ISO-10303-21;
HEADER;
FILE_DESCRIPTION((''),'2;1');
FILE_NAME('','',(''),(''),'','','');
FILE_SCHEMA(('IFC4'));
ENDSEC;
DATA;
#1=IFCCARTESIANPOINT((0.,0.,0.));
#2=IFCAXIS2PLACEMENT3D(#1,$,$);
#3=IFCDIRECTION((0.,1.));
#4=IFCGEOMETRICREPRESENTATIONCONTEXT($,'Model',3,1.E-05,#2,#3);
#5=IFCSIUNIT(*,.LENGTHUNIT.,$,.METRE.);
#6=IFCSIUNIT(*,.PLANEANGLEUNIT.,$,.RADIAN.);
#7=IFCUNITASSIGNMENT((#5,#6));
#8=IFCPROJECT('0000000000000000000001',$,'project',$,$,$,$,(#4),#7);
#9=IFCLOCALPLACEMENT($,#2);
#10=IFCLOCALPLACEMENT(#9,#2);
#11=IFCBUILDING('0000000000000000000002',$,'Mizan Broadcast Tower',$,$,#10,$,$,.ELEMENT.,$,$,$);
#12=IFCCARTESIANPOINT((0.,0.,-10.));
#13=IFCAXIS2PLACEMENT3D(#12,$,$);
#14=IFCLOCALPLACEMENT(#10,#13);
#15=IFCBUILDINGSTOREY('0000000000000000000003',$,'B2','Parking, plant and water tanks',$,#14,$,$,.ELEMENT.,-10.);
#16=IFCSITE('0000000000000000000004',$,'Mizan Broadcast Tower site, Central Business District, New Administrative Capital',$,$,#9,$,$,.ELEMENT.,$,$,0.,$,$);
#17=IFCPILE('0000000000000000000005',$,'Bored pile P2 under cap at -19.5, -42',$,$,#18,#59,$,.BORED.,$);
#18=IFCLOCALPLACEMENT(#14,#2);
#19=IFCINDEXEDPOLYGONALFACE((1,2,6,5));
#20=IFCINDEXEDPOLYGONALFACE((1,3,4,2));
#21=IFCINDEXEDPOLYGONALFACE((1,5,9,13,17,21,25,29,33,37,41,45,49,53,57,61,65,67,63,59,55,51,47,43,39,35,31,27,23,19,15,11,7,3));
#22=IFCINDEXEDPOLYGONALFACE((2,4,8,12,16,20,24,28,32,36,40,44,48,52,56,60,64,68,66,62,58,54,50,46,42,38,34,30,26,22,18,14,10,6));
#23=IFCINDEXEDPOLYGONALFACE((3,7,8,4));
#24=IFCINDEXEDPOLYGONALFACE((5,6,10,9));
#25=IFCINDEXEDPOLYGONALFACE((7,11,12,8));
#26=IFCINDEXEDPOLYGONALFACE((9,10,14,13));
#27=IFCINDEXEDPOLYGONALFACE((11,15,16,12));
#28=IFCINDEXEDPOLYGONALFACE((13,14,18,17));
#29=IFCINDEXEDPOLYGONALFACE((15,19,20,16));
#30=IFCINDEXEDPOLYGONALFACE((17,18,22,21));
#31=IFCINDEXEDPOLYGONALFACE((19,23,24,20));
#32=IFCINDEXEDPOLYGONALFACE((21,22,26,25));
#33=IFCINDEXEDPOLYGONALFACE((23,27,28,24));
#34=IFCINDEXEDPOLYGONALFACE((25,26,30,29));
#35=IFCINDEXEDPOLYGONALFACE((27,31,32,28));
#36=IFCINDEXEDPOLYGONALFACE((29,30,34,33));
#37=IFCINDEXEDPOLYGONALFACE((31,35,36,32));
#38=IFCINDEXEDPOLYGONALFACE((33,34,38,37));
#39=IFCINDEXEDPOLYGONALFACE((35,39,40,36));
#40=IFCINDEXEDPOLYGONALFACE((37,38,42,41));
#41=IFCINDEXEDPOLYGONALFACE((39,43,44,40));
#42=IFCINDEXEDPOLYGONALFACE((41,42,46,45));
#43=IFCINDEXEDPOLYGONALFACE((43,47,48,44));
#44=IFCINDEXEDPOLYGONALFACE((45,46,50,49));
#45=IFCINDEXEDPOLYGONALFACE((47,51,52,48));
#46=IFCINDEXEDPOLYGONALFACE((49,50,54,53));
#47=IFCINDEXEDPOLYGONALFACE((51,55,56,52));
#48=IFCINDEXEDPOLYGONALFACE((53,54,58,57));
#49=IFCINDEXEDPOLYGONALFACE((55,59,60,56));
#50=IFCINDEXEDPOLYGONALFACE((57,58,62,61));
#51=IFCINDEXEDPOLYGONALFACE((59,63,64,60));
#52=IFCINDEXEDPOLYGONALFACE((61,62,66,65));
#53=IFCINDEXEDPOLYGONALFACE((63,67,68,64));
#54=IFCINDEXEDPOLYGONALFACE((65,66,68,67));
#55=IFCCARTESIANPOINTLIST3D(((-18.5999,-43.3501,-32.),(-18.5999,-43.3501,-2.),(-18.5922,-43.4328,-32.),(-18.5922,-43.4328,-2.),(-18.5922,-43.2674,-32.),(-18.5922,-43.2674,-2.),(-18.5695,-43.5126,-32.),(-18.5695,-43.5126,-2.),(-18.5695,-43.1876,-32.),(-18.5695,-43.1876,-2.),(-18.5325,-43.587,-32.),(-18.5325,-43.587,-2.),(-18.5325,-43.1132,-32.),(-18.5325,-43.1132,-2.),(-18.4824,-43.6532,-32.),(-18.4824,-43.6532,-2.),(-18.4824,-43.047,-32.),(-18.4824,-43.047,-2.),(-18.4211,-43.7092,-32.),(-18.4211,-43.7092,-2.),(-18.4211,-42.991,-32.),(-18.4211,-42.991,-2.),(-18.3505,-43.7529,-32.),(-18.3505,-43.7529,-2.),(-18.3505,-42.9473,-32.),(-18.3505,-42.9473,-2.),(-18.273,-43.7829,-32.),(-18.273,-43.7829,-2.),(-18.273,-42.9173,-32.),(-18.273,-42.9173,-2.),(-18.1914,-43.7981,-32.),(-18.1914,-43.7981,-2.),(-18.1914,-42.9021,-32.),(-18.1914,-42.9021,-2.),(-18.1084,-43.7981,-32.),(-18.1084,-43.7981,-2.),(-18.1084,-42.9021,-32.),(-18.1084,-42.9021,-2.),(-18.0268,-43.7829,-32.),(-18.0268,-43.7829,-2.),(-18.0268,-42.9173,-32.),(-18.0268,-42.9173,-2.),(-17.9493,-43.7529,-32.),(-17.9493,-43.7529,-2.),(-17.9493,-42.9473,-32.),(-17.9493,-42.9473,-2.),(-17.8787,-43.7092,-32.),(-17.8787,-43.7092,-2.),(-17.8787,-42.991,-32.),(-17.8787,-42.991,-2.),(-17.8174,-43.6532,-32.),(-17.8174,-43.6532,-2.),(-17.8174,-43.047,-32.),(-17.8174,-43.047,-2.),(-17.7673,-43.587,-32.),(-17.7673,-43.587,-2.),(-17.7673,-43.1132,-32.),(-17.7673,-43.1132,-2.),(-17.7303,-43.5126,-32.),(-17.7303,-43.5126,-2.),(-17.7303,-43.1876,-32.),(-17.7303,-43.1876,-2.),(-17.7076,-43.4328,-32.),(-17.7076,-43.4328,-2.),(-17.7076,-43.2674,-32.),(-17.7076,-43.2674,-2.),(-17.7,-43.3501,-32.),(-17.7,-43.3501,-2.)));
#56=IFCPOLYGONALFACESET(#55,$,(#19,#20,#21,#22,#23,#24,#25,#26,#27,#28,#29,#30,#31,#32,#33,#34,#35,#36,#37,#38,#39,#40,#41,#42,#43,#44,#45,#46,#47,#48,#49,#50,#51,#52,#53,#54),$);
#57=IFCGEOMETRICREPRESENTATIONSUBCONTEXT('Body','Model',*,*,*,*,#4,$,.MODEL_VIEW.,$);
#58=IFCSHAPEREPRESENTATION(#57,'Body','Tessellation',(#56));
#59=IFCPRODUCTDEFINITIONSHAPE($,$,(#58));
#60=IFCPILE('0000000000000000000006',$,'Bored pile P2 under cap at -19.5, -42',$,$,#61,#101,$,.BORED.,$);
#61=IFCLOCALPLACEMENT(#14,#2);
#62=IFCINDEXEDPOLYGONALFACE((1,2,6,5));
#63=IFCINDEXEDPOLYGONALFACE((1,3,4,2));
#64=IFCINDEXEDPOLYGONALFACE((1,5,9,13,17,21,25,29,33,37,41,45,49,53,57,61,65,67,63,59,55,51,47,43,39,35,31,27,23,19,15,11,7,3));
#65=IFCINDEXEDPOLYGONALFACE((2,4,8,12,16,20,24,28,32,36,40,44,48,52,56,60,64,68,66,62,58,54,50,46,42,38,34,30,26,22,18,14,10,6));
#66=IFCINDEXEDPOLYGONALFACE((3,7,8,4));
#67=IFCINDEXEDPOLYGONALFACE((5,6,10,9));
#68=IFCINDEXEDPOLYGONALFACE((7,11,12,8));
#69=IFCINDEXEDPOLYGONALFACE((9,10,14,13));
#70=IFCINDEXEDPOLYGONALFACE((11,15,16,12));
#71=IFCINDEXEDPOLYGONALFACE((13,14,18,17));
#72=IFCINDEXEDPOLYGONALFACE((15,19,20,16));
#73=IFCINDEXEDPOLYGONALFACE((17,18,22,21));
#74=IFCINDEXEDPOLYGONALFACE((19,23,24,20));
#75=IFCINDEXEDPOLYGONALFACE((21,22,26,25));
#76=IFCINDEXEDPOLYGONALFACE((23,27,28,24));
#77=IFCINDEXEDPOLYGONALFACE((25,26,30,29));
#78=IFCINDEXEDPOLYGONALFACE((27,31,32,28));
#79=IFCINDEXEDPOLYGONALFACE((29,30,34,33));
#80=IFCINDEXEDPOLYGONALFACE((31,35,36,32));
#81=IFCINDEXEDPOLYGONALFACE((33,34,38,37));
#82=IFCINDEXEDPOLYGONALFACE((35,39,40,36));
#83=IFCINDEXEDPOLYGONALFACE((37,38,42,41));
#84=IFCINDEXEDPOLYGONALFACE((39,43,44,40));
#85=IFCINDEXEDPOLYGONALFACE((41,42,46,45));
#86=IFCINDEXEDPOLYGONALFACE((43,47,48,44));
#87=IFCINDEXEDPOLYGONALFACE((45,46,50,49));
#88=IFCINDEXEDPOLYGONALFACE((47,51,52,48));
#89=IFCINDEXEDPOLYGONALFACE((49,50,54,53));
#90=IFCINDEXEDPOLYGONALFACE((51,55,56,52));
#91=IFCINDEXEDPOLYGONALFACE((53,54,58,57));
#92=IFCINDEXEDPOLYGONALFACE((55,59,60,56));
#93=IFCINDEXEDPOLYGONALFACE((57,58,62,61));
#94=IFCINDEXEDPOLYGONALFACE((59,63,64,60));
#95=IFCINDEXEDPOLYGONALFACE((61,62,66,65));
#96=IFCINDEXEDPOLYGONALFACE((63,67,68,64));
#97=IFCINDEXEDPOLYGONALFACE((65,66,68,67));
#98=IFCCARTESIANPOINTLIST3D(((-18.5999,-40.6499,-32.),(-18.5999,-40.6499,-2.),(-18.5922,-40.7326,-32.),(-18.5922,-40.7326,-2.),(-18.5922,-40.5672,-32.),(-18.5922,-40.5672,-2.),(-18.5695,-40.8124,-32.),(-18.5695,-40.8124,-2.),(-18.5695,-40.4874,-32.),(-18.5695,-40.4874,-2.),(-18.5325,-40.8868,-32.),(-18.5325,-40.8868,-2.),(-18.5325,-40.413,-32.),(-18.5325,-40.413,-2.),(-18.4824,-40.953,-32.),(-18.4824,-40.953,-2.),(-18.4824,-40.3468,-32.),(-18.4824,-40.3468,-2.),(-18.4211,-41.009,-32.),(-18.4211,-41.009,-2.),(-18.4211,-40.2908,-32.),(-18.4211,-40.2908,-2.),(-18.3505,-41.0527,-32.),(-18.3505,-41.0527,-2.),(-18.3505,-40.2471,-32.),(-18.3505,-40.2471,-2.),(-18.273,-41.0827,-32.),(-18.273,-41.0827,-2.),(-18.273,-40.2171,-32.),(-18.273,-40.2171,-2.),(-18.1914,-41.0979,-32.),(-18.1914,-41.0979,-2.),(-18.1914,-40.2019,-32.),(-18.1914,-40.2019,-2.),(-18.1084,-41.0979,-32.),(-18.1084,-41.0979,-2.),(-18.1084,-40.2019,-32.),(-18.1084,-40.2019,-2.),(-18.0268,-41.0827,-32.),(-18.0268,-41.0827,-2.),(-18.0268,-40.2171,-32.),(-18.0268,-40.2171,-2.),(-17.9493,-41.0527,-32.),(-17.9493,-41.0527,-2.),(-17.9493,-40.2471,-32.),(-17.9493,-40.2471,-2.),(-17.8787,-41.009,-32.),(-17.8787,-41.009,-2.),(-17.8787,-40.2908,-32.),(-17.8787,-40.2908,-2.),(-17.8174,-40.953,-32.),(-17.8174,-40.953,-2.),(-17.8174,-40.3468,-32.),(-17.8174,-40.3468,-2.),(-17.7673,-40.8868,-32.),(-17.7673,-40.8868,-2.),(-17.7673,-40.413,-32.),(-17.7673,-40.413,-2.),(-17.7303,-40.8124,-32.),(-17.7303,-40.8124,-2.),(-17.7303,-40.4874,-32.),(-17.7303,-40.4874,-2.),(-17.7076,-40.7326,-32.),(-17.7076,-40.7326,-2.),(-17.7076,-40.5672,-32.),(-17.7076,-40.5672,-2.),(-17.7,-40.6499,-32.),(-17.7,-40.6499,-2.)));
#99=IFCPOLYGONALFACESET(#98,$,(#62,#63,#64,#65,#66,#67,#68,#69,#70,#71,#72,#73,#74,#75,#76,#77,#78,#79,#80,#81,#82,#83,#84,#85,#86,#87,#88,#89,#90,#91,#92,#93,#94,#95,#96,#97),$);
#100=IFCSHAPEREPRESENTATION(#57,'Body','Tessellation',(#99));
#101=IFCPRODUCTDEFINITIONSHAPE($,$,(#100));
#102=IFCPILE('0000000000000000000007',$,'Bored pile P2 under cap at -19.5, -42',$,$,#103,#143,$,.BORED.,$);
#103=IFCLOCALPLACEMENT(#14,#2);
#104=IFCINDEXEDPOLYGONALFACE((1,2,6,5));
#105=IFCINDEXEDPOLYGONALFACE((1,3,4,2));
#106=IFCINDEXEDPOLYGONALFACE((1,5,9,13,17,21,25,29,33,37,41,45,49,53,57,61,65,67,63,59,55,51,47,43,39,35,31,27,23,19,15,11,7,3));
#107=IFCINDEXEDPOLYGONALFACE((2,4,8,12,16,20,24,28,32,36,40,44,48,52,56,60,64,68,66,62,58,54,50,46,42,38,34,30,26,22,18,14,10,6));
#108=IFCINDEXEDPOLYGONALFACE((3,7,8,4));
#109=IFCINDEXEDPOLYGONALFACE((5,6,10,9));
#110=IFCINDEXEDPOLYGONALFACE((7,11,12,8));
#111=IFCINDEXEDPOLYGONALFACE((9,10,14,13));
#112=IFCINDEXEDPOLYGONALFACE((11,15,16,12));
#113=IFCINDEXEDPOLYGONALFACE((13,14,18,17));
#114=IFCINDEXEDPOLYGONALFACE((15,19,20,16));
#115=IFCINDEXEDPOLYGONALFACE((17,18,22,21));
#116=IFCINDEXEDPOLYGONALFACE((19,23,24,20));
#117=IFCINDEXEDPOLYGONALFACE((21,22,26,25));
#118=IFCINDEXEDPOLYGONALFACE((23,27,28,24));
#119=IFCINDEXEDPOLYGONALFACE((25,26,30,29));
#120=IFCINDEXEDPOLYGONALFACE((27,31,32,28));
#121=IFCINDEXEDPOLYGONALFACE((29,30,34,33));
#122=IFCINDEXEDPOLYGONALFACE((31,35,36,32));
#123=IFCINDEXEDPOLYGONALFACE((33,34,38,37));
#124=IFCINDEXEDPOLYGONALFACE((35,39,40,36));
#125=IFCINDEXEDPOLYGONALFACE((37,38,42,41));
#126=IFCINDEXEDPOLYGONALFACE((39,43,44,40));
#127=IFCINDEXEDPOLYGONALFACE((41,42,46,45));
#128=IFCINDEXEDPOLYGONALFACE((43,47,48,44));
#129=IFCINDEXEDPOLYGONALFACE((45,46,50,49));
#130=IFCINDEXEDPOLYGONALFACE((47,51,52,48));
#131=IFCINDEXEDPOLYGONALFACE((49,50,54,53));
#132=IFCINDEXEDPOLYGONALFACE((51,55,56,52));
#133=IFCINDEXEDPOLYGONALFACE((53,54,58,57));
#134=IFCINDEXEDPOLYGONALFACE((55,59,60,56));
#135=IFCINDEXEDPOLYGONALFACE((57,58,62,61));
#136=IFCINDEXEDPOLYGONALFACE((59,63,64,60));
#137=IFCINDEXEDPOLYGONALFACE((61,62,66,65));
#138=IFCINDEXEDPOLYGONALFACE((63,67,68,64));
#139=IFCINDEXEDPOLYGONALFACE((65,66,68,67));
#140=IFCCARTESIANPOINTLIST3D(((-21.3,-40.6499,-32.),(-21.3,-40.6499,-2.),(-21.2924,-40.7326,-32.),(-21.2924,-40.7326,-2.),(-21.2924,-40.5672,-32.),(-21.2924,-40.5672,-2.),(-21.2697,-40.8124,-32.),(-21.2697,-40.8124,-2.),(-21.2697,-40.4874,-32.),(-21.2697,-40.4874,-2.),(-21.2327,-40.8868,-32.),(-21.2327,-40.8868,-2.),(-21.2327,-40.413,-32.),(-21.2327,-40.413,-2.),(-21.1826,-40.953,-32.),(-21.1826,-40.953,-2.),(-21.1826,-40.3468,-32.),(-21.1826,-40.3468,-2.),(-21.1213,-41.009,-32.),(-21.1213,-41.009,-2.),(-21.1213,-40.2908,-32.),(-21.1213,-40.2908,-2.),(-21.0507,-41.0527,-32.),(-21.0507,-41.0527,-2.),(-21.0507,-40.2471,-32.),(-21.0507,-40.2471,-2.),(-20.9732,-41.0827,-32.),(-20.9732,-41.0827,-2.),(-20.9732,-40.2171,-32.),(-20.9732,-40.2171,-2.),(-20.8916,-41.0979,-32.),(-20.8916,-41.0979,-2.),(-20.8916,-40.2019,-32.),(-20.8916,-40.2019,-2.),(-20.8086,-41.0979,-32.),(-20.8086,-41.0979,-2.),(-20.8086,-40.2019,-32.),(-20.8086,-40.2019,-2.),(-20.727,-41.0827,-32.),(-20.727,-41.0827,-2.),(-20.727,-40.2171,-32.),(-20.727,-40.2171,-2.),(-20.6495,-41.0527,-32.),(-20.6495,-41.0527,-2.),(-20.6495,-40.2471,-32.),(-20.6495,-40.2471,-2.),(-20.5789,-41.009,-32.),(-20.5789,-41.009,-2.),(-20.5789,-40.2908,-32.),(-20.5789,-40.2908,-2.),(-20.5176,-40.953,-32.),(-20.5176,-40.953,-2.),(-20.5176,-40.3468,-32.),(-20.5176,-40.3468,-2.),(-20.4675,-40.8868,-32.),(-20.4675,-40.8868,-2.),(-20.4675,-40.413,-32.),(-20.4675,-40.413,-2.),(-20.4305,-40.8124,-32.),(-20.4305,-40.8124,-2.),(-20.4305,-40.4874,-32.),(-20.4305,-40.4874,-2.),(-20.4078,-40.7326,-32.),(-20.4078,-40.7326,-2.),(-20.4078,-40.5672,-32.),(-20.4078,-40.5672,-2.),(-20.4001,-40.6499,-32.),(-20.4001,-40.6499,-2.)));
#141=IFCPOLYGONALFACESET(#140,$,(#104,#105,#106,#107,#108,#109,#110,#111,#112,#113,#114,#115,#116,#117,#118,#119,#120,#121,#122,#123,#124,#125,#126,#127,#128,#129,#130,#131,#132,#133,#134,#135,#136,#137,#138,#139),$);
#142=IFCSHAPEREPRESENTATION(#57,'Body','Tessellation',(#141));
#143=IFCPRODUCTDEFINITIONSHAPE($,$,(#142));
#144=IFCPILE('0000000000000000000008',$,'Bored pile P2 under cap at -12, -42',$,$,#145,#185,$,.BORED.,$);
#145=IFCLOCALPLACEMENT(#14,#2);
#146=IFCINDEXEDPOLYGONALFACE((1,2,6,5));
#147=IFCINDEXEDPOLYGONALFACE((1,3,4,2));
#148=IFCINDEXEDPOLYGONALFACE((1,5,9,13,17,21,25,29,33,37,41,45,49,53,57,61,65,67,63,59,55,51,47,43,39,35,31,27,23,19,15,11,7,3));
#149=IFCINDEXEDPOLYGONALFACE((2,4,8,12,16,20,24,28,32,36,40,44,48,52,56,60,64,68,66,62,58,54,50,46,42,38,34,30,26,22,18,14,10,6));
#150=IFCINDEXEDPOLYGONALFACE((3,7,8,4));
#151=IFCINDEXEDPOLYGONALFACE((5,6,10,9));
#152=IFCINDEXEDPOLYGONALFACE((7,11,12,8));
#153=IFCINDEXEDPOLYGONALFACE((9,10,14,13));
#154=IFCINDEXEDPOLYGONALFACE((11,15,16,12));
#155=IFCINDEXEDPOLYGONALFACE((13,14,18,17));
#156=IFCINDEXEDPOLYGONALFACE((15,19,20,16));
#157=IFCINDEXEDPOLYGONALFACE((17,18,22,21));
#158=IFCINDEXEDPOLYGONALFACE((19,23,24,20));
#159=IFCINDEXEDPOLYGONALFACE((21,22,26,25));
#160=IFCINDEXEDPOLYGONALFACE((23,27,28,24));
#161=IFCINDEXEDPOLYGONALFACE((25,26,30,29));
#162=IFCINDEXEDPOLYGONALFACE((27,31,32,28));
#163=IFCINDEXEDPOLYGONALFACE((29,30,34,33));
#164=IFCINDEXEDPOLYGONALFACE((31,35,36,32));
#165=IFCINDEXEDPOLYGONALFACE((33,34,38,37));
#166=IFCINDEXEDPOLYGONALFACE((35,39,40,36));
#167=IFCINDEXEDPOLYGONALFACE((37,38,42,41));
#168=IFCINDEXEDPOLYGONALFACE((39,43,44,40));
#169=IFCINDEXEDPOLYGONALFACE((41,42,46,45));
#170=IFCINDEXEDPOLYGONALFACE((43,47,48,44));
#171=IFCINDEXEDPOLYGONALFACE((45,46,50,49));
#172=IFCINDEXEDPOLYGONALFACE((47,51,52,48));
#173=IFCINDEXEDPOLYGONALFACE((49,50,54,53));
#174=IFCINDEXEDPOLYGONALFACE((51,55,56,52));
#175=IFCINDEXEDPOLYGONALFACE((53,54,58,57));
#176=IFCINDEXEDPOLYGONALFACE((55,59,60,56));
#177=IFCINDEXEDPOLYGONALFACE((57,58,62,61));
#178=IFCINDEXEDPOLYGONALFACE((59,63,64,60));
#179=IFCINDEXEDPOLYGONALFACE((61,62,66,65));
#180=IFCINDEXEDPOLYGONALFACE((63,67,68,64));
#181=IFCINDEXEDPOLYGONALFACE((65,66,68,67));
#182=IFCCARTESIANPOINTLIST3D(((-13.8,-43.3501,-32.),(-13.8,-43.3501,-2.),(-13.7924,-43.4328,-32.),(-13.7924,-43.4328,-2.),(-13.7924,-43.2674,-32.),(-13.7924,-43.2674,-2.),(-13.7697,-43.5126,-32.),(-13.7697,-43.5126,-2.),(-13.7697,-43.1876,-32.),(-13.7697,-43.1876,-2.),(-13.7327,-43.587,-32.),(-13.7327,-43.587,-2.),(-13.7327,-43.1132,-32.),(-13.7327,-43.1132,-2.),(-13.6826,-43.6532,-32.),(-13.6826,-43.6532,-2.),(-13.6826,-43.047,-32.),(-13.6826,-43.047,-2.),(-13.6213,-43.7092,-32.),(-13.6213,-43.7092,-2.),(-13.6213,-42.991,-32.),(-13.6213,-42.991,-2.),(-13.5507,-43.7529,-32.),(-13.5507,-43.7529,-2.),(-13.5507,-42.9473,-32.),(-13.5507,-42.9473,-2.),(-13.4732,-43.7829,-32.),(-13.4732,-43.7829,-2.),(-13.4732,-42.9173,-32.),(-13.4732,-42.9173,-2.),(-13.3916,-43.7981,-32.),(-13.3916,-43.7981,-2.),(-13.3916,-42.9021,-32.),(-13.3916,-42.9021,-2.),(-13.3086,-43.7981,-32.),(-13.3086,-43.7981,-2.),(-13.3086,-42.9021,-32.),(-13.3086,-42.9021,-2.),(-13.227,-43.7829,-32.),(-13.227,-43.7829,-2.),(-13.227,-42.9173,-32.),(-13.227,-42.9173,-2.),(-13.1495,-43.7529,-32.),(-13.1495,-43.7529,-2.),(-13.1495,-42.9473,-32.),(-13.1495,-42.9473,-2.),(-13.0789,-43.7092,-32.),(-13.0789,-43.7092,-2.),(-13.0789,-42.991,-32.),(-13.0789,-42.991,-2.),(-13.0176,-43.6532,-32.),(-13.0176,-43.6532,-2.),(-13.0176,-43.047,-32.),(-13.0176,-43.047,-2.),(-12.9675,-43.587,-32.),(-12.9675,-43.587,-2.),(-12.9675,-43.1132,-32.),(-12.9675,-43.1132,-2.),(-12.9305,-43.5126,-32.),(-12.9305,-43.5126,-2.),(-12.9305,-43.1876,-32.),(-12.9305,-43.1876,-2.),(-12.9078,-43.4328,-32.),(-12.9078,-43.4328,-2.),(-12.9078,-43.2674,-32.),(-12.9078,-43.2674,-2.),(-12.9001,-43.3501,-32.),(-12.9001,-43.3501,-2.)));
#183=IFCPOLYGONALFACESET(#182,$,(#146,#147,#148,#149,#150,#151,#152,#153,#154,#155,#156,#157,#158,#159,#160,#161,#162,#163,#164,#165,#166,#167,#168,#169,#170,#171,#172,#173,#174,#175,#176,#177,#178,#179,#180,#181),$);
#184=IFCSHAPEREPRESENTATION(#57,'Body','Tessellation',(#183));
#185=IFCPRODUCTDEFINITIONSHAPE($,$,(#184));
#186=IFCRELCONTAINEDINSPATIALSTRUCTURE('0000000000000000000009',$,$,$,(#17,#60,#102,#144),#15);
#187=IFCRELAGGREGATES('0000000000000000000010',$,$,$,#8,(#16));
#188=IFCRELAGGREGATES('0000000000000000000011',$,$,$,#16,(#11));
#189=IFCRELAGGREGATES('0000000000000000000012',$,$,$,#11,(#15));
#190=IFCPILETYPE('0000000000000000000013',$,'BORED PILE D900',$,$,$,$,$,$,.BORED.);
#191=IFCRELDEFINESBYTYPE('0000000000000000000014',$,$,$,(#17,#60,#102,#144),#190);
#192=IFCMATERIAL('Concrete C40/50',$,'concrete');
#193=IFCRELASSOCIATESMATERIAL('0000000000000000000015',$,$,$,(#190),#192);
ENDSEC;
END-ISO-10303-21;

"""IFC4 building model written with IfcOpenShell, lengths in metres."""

from ifc_helpers import new_model, si_unit, direction, frame, origin, origin_2d, place, context, subcontext, project, spatial, circle, extrude, material, material_profile, profile_set, type_object, element, save


model = new_model("IFC4")

# Units and contexts
model_context = context("Model", 3, precision=1e-05, world=origin(), true_north=direction((0.0, 1.0)))
body_context = subcontext(model_context, "Body", "Model", "MODEL_VIEW")
ifc_project = project(units=[si_unit("LENGTHUNIT", "METRE"), si_unit("PLANEANGLEUNIT", "RADIAN")], contexts=[model_context])

# Site, building, storey
site_placement = place(None, origin())
site = spatial("IfcSite", under=ifc_project, at=site_placement, Name="Mizan Broadcast Tower site, Central Business District, New Administrative Capital", CompositionType="ELEMENT", RefElevation=0.0)
building_placement = place(site_placement, origin())
building = spatial("IfcBuilding", under=site, at=building_placement, Name="Mizan Broadcast Tower", CompositionType="ELEMENT")
storey_placement = place(building_placement, frame((0.0, 0.0, -10.0)))
storey = spatial("IfcBuildingStorey", under=building, at=storey_placement, Name="B2", Description="Parking, plant and water tanks", CompositionType="ELEMENT", Elevation=-10.0)

# Piles
ifc_material_1 = material(Name="Concrete C40/50", Category="concrete")
ifc_material_profile_1 = material_profile(ifc_material_1, circle(Radius=0.45, at=origin_2d()), Name="D900")
ifc_profile_set_1 = profile_set([ifc_material_profile_1], Name="Concrete C40/50")
pile_type_1 = type_object("IfcPileType", Name="BORED PILE D900", PredefinedType="BORED", material=ifc_profile_set_1)
for number, where, z_axis, x_axis, name in (
    (1, (-18.1499, -43.3501, -2.0), (0.0, 0.0, -1.0), (1.0, 0.0, 0.0), "Bored pile P2 under cap at -19.5, -42"),
    (2, (-18.1499, -40.6499, -2.0), (0.0, 0.0, -1.0), (1.0, 0.0, 0.0), "Bored pile P2 under cap at -19.5, -42"),
    (3, (-20.8501, -40.6499, -2.0), (0.0, 0.0, -1.0), (1.0, 0.0, 0.0), "Bored pile P2 under cap at -19.5, -42"),
    (4, (-13.3501, -43.3501, -2.0), (0.0, 0.0, -1.0), (1.0, 0.0, 0.0), "Bored pile P2 under cap at -12, -42"),
):
    element("IfcPile", number, at=place(storey_placement, frame(where, z_axis=z_axis, x_axis=x_axis)), inside=storey, type_object=pile_type_1, Name=name, PredefinedType="BORED", context=body_context, shape_type="SweptSolid", body=[
        extrude(circle(Radius=0.45, at=origin_2d()), origin(), (0.0, 0.0, 1.0), 30.0),
    ])

save(model, "model.ifc")
